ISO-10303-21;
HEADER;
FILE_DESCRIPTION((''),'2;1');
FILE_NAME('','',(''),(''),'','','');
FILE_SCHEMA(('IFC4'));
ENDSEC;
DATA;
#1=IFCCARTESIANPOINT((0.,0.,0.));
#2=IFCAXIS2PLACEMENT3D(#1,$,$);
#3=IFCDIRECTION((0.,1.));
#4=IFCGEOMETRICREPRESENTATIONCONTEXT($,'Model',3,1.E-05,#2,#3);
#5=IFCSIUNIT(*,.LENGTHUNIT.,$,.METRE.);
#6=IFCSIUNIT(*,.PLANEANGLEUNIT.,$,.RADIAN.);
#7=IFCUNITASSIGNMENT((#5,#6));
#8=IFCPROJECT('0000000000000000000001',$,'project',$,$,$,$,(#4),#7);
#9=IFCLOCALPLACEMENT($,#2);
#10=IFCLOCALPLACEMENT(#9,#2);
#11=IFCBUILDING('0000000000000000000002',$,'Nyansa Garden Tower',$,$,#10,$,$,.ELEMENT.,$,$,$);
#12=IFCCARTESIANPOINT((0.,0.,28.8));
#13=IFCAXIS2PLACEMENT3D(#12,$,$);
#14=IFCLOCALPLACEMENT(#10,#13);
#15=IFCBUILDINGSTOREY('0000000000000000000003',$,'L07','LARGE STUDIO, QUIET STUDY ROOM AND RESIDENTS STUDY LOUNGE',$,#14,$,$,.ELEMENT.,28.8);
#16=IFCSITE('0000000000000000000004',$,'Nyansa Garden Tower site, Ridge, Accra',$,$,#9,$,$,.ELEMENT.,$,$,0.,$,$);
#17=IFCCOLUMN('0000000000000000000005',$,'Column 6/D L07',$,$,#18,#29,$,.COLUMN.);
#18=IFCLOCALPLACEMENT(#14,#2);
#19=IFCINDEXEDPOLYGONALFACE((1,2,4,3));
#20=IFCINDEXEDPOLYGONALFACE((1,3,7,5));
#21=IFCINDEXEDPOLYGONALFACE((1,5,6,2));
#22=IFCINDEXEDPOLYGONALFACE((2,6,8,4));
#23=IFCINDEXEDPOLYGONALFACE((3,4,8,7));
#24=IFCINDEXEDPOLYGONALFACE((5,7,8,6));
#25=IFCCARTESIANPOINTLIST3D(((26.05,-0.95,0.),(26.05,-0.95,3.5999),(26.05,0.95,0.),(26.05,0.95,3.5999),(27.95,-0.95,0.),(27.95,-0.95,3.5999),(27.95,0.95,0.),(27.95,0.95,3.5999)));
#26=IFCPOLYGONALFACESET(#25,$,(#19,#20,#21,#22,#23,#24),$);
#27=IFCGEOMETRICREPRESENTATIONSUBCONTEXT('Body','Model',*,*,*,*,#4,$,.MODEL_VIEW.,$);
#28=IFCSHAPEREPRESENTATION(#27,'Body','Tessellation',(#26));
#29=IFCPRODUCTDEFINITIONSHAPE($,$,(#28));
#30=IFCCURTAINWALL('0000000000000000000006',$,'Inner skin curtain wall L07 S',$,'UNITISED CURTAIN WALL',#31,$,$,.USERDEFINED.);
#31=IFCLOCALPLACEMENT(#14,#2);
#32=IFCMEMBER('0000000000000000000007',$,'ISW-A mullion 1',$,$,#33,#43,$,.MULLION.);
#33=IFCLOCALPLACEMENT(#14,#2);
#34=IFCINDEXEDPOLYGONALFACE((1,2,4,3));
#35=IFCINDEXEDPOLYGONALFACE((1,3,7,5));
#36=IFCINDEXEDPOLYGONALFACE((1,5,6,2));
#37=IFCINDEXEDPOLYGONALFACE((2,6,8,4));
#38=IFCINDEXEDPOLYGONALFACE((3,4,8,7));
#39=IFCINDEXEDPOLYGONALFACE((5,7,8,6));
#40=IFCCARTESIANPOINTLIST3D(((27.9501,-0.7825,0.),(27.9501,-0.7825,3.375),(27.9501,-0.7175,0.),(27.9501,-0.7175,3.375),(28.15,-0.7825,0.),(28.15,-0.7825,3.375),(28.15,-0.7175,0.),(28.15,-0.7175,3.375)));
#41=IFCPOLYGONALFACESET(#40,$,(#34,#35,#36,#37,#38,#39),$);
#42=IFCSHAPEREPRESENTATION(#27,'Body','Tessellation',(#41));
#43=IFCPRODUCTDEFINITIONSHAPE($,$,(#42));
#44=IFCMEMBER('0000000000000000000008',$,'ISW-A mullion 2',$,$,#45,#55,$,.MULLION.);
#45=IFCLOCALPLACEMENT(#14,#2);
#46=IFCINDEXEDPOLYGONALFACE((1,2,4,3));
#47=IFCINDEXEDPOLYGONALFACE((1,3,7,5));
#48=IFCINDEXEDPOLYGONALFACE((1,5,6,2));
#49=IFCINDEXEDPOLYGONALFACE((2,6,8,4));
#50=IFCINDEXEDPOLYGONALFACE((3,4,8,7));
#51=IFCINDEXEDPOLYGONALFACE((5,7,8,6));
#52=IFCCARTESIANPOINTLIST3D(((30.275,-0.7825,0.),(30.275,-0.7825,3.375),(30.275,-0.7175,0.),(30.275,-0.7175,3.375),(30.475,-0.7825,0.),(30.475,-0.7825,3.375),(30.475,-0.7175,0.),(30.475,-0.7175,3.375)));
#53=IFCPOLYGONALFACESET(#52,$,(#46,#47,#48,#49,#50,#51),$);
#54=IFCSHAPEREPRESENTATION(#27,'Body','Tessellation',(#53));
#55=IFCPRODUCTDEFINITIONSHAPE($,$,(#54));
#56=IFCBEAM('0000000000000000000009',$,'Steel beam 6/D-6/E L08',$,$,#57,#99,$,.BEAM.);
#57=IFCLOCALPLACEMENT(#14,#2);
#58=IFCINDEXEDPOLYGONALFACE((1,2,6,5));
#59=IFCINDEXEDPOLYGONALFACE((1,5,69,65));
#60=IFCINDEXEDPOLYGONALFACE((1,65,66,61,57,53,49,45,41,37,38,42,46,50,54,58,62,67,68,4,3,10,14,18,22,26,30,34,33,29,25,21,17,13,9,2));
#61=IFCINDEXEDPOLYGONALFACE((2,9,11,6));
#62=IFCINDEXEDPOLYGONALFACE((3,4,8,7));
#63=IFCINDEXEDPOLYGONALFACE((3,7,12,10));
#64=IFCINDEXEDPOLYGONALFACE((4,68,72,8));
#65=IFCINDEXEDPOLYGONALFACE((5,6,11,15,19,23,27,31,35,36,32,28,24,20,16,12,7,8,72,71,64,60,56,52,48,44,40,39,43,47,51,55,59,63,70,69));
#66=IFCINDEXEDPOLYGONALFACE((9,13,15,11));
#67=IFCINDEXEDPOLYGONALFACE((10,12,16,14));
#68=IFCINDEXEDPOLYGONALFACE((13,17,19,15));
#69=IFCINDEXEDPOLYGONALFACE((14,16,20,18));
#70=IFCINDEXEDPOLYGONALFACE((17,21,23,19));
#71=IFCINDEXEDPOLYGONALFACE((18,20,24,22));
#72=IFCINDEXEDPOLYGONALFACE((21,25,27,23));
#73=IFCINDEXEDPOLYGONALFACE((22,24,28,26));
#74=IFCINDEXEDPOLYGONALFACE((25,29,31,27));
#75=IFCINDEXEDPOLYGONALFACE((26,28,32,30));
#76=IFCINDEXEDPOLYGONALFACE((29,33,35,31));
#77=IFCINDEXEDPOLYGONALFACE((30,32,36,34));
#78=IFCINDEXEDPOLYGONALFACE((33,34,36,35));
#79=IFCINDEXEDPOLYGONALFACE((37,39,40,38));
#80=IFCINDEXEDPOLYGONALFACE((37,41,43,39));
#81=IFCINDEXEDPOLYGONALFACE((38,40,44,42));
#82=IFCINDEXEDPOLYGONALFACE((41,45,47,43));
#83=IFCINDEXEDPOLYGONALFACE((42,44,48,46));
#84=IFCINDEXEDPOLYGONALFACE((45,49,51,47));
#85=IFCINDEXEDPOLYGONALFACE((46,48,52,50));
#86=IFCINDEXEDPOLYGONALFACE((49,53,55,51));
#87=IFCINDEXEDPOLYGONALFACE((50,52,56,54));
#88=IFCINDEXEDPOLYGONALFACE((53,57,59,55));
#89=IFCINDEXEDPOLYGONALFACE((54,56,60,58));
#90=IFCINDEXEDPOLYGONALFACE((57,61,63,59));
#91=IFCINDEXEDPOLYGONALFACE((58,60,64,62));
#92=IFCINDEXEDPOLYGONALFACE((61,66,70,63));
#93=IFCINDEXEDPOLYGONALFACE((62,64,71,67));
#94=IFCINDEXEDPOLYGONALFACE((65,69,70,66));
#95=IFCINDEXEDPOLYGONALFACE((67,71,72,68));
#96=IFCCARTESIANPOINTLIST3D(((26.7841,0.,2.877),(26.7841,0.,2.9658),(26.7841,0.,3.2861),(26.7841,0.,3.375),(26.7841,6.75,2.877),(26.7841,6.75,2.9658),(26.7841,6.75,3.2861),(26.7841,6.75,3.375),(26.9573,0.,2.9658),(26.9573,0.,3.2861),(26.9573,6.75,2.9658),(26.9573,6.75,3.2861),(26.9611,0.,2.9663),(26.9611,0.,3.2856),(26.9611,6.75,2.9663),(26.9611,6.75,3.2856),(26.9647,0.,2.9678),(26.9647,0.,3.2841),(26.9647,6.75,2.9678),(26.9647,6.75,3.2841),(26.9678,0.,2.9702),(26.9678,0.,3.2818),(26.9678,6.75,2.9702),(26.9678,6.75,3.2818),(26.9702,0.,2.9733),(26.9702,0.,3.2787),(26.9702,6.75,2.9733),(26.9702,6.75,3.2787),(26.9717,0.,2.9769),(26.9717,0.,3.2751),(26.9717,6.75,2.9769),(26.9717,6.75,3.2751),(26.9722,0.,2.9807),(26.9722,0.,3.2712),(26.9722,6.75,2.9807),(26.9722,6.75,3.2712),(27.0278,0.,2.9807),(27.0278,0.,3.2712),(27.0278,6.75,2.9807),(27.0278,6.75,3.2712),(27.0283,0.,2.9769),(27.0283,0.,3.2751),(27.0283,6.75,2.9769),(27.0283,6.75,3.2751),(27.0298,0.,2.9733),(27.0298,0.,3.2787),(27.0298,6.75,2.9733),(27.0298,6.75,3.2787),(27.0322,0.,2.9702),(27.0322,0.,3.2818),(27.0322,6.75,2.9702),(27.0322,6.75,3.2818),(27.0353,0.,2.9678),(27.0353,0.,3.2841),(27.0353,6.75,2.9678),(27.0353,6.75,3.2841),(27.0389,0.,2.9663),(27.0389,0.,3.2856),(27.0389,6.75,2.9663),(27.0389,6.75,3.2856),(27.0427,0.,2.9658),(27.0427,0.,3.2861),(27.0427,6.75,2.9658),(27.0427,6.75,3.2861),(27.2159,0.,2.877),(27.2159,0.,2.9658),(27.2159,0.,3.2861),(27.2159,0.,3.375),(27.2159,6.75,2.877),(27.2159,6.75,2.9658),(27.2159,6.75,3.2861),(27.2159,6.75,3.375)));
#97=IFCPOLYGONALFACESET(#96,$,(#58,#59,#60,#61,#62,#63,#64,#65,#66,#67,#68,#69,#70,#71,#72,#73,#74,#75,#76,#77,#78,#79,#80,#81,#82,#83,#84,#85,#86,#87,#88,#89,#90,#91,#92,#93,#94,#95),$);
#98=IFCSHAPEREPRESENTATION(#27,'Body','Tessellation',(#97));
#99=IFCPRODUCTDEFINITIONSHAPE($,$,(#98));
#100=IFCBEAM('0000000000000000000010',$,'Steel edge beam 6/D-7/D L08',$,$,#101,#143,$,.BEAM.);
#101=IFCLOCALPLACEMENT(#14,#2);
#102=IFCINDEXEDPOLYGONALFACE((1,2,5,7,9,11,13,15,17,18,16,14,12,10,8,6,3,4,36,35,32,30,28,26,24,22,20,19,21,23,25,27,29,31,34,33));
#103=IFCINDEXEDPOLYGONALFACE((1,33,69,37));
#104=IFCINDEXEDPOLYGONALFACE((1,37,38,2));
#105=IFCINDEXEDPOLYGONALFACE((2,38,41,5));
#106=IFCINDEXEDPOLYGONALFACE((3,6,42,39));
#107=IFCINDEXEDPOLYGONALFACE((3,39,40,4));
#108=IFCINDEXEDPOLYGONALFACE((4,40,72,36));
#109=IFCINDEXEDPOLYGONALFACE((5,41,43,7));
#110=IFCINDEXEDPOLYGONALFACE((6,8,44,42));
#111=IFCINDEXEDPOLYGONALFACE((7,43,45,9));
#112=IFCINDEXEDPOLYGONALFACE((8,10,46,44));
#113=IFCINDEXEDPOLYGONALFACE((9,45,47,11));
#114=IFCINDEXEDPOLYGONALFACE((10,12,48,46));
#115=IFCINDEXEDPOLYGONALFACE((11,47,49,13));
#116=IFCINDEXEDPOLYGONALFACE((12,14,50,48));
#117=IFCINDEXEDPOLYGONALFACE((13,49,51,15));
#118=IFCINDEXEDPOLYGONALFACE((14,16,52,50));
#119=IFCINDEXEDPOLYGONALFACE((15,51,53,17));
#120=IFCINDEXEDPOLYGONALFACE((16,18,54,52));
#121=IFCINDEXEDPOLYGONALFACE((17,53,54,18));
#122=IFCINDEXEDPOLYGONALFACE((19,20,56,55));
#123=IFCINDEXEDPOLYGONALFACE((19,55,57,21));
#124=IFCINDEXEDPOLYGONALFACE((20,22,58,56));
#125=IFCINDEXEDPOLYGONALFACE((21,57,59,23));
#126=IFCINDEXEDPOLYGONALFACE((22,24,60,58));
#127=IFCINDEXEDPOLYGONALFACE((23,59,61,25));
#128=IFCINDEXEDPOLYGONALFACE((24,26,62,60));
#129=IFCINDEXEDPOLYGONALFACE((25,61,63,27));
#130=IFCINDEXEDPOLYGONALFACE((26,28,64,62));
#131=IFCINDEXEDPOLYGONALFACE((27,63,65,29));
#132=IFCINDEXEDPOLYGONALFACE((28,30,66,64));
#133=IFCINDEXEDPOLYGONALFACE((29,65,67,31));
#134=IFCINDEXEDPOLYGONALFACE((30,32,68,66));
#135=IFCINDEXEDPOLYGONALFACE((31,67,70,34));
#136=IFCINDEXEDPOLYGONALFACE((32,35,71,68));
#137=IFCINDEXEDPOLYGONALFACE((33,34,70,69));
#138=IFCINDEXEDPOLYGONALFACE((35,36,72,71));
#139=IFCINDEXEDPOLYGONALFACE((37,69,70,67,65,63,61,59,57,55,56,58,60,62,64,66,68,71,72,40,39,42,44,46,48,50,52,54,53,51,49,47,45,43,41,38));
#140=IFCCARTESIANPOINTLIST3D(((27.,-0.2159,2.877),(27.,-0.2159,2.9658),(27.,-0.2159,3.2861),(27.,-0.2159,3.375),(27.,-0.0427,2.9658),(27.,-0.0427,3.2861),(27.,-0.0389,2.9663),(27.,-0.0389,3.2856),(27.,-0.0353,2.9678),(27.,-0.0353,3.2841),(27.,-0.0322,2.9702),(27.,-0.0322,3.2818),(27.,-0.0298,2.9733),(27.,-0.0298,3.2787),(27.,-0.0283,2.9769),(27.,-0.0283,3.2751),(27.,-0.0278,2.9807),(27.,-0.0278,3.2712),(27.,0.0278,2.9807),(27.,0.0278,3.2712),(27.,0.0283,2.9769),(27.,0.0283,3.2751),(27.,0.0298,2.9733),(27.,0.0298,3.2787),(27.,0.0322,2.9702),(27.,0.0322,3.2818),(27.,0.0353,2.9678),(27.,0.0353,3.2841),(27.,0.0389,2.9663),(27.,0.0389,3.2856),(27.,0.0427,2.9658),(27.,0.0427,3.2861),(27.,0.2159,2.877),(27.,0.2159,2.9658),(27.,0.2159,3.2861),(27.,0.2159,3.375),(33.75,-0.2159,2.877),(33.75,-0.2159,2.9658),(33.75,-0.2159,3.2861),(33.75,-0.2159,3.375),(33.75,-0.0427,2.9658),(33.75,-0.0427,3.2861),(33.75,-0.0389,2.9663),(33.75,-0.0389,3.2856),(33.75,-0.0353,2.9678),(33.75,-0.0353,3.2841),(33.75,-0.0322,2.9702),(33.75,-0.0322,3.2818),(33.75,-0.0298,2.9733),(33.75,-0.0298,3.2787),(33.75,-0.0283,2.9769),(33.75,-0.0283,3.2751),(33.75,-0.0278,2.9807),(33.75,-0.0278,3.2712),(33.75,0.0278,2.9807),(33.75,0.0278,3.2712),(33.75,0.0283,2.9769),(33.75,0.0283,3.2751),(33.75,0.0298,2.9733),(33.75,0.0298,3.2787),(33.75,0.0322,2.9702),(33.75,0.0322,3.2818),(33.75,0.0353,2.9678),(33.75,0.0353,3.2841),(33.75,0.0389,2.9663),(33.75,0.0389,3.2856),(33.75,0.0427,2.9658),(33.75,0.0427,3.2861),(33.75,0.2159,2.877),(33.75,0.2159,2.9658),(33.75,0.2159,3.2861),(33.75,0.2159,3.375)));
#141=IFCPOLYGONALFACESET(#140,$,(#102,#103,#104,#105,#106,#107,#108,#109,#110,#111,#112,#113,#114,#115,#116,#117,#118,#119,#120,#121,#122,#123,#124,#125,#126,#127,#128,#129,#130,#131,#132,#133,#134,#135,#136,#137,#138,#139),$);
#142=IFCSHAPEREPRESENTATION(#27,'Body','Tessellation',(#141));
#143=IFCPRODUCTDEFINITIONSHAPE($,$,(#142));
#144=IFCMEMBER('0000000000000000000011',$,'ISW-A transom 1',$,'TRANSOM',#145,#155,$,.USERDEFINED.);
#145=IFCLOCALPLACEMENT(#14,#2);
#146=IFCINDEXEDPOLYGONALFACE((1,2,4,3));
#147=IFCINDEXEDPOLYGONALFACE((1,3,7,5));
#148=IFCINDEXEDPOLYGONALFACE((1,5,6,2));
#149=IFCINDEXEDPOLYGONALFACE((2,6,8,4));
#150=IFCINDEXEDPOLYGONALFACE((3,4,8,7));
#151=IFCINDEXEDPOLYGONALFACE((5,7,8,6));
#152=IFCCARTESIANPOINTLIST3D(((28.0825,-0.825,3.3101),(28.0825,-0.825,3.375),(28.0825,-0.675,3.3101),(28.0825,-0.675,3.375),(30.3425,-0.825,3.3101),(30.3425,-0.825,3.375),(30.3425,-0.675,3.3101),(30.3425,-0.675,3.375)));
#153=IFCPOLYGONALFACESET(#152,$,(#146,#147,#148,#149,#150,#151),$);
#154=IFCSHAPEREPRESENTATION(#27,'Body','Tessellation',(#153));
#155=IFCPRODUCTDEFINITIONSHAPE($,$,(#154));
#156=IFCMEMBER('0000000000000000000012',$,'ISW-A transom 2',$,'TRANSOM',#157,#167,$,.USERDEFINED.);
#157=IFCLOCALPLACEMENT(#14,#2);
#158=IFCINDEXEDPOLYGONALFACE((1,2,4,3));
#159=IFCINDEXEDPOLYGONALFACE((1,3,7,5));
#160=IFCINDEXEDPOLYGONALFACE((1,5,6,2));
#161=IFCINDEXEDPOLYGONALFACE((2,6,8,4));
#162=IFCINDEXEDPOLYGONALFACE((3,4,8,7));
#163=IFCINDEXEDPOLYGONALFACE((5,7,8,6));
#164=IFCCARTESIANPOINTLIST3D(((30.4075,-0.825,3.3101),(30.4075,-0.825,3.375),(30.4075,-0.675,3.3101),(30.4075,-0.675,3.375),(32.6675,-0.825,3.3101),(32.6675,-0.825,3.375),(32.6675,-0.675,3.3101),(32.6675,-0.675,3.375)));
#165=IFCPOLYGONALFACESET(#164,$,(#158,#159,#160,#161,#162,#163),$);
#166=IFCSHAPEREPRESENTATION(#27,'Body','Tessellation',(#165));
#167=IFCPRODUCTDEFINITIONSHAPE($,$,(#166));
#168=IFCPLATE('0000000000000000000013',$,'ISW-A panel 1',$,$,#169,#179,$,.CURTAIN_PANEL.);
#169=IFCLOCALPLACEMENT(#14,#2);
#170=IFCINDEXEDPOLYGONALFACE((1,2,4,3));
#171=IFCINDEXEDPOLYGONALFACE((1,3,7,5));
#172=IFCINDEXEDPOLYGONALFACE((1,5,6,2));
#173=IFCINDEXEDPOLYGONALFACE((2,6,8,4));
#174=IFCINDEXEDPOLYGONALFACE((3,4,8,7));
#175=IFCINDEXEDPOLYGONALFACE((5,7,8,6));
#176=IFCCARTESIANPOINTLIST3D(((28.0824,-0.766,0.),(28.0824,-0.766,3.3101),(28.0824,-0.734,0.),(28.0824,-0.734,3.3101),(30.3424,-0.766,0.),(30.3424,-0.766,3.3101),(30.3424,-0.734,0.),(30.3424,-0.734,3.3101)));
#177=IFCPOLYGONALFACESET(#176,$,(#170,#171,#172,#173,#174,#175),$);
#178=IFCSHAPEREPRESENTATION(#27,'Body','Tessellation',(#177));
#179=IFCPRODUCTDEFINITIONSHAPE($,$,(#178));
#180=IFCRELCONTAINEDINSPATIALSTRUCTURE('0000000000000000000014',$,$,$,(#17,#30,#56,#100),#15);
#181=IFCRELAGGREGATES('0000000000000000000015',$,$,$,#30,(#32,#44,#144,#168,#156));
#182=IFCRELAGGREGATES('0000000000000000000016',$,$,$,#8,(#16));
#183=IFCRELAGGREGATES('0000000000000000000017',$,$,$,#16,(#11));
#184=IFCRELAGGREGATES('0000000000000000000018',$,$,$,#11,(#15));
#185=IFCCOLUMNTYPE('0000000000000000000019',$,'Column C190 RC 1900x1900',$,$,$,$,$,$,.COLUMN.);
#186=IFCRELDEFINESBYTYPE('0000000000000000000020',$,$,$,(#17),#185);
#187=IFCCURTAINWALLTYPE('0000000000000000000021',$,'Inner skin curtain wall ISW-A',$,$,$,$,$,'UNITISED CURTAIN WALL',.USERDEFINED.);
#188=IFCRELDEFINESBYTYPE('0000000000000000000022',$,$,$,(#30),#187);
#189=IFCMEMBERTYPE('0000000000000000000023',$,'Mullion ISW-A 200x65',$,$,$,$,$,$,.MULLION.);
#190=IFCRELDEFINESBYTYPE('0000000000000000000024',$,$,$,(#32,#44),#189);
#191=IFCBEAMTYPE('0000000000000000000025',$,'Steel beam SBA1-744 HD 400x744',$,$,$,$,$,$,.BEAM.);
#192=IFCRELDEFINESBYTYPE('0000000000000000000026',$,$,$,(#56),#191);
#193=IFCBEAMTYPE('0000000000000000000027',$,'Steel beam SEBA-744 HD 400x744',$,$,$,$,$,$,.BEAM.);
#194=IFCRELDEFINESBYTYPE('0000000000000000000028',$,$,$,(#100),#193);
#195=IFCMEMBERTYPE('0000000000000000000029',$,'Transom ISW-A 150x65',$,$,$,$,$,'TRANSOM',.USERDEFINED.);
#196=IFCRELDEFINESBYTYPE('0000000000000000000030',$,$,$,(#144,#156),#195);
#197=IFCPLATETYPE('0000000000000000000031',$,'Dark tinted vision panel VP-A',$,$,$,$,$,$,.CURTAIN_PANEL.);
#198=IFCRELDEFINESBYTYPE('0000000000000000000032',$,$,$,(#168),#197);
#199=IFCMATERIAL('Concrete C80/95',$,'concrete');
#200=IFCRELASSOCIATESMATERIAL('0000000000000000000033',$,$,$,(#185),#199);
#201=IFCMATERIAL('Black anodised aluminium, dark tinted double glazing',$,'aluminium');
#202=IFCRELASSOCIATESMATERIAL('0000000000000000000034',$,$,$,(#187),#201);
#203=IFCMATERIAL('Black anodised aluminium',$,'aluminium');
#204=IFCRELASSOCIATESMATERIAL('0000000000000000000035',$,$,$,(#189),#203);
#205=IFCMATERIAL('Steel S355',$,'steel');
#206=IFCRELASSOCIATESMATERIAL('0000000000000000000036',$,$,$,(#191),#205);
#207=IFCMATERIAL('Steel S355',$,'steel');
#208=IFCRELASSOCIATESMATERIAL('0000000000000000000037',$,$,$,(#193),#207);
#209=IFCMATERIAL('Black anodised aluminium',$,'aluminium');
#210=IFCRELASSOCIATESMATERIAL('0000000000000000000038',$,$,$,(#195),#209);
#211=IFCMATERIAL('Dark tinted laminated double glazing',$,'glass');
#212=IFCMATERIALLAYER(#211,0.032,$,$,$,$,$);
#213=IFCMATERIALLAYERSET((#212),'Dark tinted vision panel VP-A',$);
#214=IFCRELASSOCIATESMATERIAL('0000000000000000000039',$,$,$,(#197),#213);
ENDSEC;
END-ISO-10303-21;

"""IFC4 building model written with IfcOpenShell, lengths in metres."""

from ifc_helpers import new_model, si_unit, direction, frame, origin, origin_2d, place, context, subcontext, project, spatial, rectangle, i_section, extrude, material, layer, layer_set, material_profile, profile_set, type_object, element, aggregate, save


model = new_model("IFC4")

# Units and contexts
model_context = context("Model", 3, precision=1e-05, world=origin(), true_north=direction((0.0, 1.0)))
body_context = subcontext(model_context, "Body", "Model", "MODEL_VIEW")
ifc_project = project(units=[si_unit("LENGTHUNIT", "METRE"), si_unit("PLANEANGLEUNIT", "RADIAN")], contexts=[model_context])

# Site, building, storey
site_placement = place(None, origin())
site = spatial("IfcSite", under=ifc_project, at=site_placement, Name="Nyansa Garden Tower site, Ridge, Accra", CompositionType="ELEMENT", RefElevation=0.0)
building_placement = place(site_placement, origin())
building = spatial("IfcBuilding", under=site, at=building_placement, Name="Nyansa Garden Tower", CompositionType="ELEMENT")
storey_placement = place(building_placement, frame((0.0, 0.0, 28.8)))
storey = spatial("IfcBuildingStorey", under=building, at=storey_placement, Name="L07", Description="LARGE STUDIO, QUIET STUDY ROOM AND RESIDENTS STUDY LOUNGE", CompositionType="ELEMENT", Elevation=28.8)

# Column
ifc_material_1 = material(Name="Concrete C80/95", Category="concrete")
ifc_material_profile_1 = material_profile(ifc_material_1, rectangle(XDim=1.8999, YDim=1.8999, at=origin_2d()), Name="RC 1900x1900")
ifc_profile_set_1 = profile_set([ifc_material_profile_1], Name="Concrete C80/95")
column_type = type_object("IfcColumnType", Name="Column C190 RC 1900x1900", PredefinedType="COLUMN", material=ifc_profile_set_1)
column_placement = place(storey_placement, frame((27.0, 0.0, 0.0), z_axis=(0.0, 0.0, 1.0), x_axis=(1.0, 0.0, 0.0)))
element("IfcColumn", 1, at=column_placement, inside=storey, type_object=column_type, Name="Column 6/D L07", PredefinedType="COLUMN", context=body_context, shape_type="SweptSolid", body=[
    extrude(rectangle(XDim=1.8999, YDim=1.8999, at=origin_2d()), origin(), (0.0, 0.0, 1.0), 3.5999),
])

# Curtain wall, members
ifc_material_2 = material(Name="Black anodised aluminium, dark tinted double glazing", Category="aluminium")
curtain_wall_type = type_object("IfcCurtainWallType", Name="Inner skin curtain wall ISW-A", ElementType="UNITISED CURTAIN WALL", PredefinedType="USERDEFINED", material=ifc_material_2)
curtain_wall_placement = place(storey_placement, origin())
curtain_wall = element("IfcCurtainWall", 2, at=curtain_wall_placement, inside=storey, type_object=curtain_wall_type, Name="Inner skin curtain wall L07 S", ObjectType="UNITISED CURTAIN WALL", PredefinedType="USERDEFINED")
ifc_material_3 = material(Name="Black anodised aluminium", Category="aluminium")
ifc_material_profile_2 = material_profile(ifc_material_3, rectangle(XDim=0.0649, YDim=0.2, at=origin_2d()), Name="Mullion 200x65")
ifc_profile_set_2 = profile_set([ifc_material_profile_2], Name="Black anodised aluminium")
member_type_1 = type_object("IfcMemberType", Name="Mullion ISW-A 200x65", PredefinedType="MULLION", material=ifc_profile_set_2)
member_1_placement = place(storey_placement, frame((28.05, -0.75, 0.0), z_axis=(0.0, 0.0, 1.0), x_axis=(0.0, 1.0, 0.0)))
member_1 = element("IfcMember", 3, at=member_1_placement, type_object=member_type_1, Name="ISW-A mullion 1", PredefinedType="MULLION", context=body_context, shape_type="SweptSolid", body=[
    extrude(rectangle(XDim=0.0649, YDim=0.2, at=origin_2d()), origin(), (0.0, 0.0, 1.0), 3.375),
])
member_2_placement = place(storey_placement, frame((30.375, -0.75, 0.0), z_axis=(0.0, 0.0, 1.0), x_axis=(0.0, 1.0, 0.0)))
member_2 = element("IfcMember", 4, at=member_2_placement, type_object=member_type_1, Name="ISW-A mullion 2", PredefinedType="MULLION", context=body_context, shape_type="SweptSolid", body=[
    extrude(rectangle(XDim=0.0649, YDim=0.2, at=origin_2d()), origin(), (0.0, 0.0, 1.0), 3.375),
])

# Beams
ifc_material_4 = material(Name="Steel S355", Category="steel")
ifc_material_profile_3 = material_profile(ifc_material_4, i_section(OverallWidth=0.4319, OverallDepth=0.498, WebThickness=0.0557, FlangeThickness=0.0889, FilletRadius=0.0149, at=origin_2d()), Name="HD 400x744")
ifc_profile_set_3 = profile_set([ifc_material_profile_3], Name="Steel S355")
beam_type_1 = type_object("IfcBeamType", Name="Steel beam SBA1-744 HD 400x744", PredefinedType="BEAM", material=ifc_profile_set_3)
beam_1_placement = place(storey_placement, frame((27.0, 0.0, 3.126), z_axis=(0.0, 1.0, 0.0), x_axis=(-1.0, 0.0, 0.0)))
element("IfcBeam", 5, at=beam_1_placement, inside=storey, type_object=beam_type_1, Name="Steel beam 6/D-6/E L08", PredefinedType="BEAM", context=body_context, shape_type="SweptSolid", body=[
    extrude(i_section(OverallWidth=0.4319, OverallDepth=0.498, WebThickness=0.0557, FlangeThickness=0.0889, FilletRadius=0.0149, at=origin_2d()), origin(), (0.0, 0.0, 1.0), 6.75),
])
ifc_material_5 = material(Name="Steel S355", Category="steel")
ifc_material_profile_4 = material_profile(ifc_material_5, i_section(OverallWidth=0.4319, OverallDepth=0.498, WebThickness=0.0557, FlangeThickness=0.0889, FilletRadius=0.0149, at=origin_2d()), Name="HD 400x744")
ifc_profile_set_4 = profile_set([ifc_material_profile_4], Name="Steel S355")
beam_type_2 = type_object("IfcBeamType", Name="Steel beam SEBA-744 HD 400x744", PredefinedType="BEAM", material=ifc_profile_set_4)
beam_2_placement = place(storey_placement, frame((27.0, 0.0, 3.126), z_axis=(1.0, 0.0, 0.0), x_axis=(0.0, 1.0, 0.0)))
element("IfcBeam", 6, at=beam_2_placement, inside=storey, type_object=beam_type_2, Name="Steel edge beam 6/D-7/D L08", PredefinedType="BEAM", context=body_context, shape_type="SweptSolid", body=[
    extrude(i_section(OverallWidth=0.4319, OverallDepth=0.498, WebThickness=0.0557, FlangeThickness=0.0889, FilletRadius=0.0149, at=origin_2d()), origin(), (0.0, 0.0, 1.0), 6.75),
])

# Members
ifc_material_6 = material(Name="Black anodised aluminium", Category="aluminium")
ifc_material_profile_5 = material_profile(ifc_material_6, rectangle(XDim=0.1499, YDim=0.0649, at=origin_2d()), Name="Transom 150x65")
ifc_profile_set_5 = profile_set([ifc_material_profile_5], Name="Black anodised aluminium")
member_type_2 = type_object("IfcMemberType", Name="Transom ISW-A 150x65", ElementType="TRANSOM", PredefinedType="USERDEFINED", material=ifc_profile_set_5)
member_3_placement = place(storey_placement, frame((28.0825, -0.75, 3.3425), z_axis=(1.0, 0.0, 0.0), x_axis=(0.0, 1.0, 0.0)))
member_3 = element("IfcMember", 7, at=member_3_placement, type_object=member_type_2, Name="ISW-A transom 1", ObjectType="TRANSOM", PredefinedType="USERDEFINED", context=body_context, shape_type="SweptSolid", body=[
    extrude(rectangle(XDim=0.1499, YDim=0.0649, at=origin_2d()), origin(), (0.0, 0.0, 1.0), 2.26),
])
member_4_placement = place(storey_placement, frame((30.4075, -0.75, 3.3425), z_axis=(1.0, 0.0, 0.0), x_axis=(0.0, 1.0, 0.0)))
member_4 = element("IfcMember", 8, at=member_4_placement, type_object=member_type_2, Name="ISW-A transom 2", ObjectType="TRANSOM", PredefinedType="USERDEFINED", context=body_context, shape_type="SweptSolid", body=[
    extrude(rectangle(XDim=0.1499, YDim=0.0649, at=origin_2d()), origin(), (0.0, 0.0, 1.0), 2.26),
])

# Plate
ifc_material_7 = material(Name="Dark tinted laminated double glazing", Category="glass")
ifc_layer_1 = layer(ifc_material_7, 0.032)
ifc_layer_set_1 = layer_set([ifc_layer_1], Name="Dark tinted vision panel VP-A")
plate_type = type_object("IfcPlateType", Name="Dark tinted vision panel VP-A", PredefinedType="CURTAIN_PANEL", material=ifc_layer_set_1)
plate_placement = place(storey_placement, frame((29.2124, -0.75, 0.0), z_axis=(0.0, 0.0, 1.0), x_axis=(1.0, 0.0, 0.0)))
plate = element("IfcPlate", 9, at=plate_placement, type_object=plate_type, Name="ISW-A panel 1", PredefinedType="CURTAIN_PANEL", context=body_context, shape_type="SweptSolid", body=[
    extrude(rectangle(XDim=2.26, YDim=0.032, at=origin_2d()), origin(), (0.0, 0.0, 1.0), 3.3101),
])
aggregate(curtain_wall, [member_1, member_2, member_3, plate, member_4])

save(model, "model.ifc")
